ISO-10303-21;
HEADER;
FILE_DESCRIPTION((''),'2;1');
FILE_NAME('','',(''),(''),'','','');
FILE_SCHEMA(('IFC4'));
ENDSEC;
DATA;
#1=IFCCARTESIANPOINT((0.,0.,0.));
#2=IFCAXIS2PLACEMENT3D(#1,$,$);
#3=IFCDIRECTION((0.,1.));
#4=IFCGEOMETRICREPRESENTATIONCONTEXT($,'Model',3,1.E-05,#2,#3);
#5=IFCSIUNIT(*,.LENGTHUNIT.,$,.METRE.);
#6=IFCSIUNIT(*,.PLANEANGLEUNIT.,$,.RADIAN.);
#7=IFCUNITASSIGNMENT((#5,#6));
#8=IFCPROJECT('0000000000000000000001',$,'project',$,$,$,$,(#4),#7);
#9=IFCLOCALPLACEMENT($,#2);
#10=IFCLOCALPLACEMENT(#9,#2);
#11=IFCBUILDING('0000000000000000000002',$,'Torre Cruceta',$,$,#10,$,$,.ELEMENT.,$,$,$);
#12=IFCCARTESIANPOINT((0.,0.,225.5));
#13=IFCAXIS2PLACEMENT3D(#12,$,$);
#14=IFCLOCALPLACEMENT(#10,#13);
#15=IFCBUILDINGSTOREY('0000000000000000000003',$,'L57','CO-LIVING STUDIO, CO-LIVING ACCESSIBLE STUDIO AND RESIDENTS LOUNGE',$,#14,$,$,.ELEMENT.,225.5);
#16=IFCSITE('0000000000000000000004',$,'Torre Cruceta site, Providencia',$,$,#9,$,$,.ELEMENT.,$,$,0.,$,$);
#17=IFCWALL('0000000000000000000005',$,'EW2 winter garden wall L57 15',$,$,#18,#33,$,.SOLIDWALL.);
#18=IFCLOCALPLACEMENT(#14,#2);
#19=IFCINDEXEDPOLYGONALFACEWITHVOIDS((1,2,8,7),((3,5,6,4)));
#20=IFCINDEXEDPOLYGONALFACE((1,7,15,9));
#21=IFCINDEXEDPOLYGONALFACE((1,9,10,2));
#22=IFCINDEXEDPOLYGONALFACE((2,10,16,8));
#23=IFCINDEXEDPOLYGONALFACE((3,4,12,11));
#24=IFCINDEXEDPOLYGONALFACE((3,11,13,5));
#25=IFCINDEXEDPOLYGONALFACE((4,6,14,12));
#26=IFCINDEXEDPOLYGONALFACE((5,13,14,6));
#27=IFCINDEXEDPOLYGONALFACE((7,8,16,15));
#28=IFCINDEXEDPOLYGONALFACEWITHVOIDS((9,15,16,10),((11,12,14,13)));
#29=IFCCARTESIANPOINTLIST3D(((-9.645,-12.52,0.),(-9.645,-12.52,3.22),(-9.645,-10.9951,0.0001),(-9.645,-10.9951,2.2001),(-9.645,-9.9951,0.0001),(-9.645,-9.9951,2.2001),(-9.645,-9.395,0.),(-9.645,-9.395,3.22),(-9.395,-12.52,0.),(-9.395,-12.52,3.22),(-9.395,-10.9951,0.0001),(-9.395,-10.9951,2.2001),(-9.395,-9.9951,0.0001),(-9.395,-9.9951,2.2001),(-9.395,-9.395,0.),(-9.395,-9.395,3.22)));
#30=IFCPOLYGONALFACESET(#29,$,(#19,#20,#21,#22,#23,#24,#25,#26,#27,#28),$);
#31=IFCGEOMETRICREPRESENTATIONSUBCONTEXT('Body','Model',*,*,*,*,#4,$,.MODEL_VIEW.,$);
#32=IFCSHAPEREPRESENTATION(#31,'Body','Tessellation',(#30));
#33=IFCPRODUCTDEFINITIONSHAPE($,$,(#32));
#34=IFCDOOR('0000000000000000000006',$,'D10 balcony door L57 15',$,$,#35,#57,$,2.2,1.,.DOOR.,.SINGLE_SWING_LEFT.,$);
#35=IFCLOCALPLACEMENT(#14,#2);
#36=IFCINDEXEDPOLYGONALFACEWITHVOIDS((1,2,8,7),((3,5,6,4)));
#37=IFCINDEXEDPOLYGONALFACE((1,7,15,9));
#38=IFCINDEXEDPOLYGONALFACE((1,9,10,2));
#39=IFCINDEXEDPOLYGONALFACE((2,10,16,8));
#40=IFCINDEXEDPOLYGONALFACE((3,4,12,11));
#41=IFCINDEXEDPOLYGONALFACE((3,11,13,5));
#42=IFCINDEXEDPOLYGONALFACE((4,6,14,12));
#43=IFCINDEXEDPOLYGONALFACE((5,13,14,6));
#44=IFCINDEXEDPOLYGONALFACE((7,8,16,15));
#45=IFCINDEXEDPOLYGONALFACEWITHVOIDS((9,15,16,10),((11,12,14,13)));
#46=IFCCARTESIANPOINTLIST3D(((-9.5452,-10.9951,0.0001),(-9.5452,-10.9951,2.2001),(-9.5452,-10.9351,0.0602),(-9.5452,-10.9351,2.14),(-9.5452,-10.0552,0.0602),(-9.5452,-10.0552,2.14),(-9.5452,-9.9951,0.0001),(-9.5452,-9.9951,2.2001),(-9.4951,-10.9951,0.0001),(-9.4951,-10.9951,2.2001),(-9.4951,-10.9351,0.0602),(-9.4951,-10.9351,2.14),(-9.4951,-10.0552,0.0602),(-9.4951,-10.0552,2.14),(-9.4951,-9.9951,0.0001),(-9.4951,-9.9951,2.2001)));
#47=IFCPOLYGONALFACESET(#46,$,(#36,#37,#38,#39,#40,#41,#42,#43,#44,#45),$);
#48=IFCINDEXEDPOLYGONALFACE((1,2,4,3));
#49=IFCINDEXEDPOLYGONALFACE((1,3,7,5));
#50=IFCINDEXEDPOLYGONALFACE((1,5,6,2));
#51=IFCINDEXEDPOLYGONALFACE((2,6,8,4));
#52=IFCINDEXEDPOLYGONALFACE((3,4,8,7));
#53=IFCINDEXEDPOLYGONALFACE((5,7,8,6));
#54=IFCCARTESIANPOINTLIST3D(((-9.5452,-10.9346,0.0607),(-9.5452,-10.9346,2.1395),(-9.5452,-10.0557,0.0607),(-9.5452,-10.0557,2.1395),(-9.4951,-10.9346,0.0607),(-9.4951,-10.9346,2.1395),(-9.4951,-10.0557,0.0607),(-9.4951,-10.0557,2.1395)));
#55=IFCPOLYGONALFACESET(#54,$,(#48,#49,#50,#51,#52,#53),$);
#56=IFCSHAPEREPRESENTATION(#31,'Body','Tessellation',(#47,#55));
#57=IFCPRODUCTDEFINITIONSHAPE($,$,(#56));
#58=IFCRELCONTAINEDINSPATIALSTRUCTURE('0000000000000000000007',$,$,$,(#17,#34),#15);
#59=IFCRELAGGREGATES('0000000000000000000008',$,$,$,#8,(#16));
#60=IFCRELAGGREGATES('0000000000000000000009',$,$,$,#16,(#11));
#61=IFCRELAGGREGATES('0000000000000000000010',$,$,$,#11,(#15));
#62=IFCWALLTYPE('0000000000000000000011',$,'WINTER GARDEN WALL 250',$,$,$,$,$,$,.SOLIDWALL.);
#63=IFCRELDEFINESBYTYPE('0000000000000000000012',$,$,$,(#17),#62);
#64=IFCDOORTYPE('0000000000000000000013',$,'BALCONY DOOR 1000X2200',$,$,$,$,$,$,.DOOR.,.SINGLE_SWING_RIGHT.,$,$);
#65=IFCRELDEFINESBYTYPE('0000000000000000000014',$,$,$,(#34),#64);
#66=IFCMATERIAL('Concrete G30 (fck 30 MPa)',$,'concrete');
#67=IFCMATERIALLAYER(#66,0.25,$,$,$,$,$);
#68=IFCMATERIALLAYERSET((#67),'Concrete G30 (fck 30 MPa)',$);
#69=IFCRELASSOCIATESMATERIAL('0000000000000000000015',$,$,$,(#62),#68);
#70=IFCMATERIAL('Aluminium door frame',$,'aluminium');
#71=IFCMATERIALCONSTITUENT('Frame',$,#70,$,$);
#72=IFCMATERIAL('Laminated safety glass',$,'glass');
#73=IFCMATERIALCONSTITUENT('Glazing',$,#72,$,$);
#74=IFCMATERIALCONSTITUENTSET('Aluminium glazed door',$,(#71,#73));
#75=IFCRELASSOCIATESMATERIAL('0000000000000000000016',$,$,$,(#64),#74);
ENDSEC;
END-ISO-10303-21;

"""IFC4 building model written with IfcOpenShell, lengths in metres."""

from ifc_helpers import new_model, si_unit, direction, frame, frame_2d, origin, place, context, subcontext, project, spatial, rectangle, hollow_rectangle, extrude, material, layer, layer_set, constituent, constituent_set, type_object, element, fill, save


model = new_model("IFC4")

# Units and contexts
model_context = context("Model", 3, precision=1e-05, world=origin(), true_north=direction((0.0, 1.0)))
body_context = subcontext(model_context, "Body", "Model", "MODEL_VIEW")
ifc_project = project(units=[si_unit("LENGTHUNIT", "METRE"), si_unit("PLANEANGLEUNIT", "RADIAN")], contexts=[model_context])

# Site, building, storey
site_placement = place(None, origin())
site = spatial("IfcSite", under=ifc_project, at=site_placement, Name="Torre Cruceta site, Providencia", CompositionType="ELEMENT", RefElevation=0.0)
building_placement = place(site_placement, origin())
building = spatial("IfcBuilding", under=site, at=building_placement, Name="Torre Cruceta", CompositionType="ELEMENT")
storey_placement = place(building_placement, frame((0.0, 0.0, 225.5)))
storey = spatial("IfcBuildingStorey", under=building, at=storey_placement, Name="L57", Description="CO-LIVING STUDIO, CO-LIVING ACCESSIBLE STUDIO AND RESIDENTS LOUNGE", CompositionType="ELEMENT", Elevation=225.5)

# Wall, opening, door
ifc_material_1 = material(Name="Concrete G30 (fck 30 MPa)", Category="concrete")
ifc_layer_1 = layer(ifc_material_1, 0.25)
ifc_layer_set_1 = layer_set([ifc_layer_1], Name="Concrete G30 (fck 30 MPa)")
wall_type_1 = type_object("IfcWallType", Name="WINTER GARDEN WALL 250", PredefinedType="SOLIDWALL", material=ifc_layer_set_1)
ifc_material_2 = material(Name="Aluminium door frame", Category="aluminium")
ifc_constituent_1 = constituent(ifc_material_2, Name="Frame")
ifc_material_3 = material(Name="Laminated safety glass", Category="glass")
ifc_constituent_2 = constituent(ifc_material_3, Name="Glazing")
ifc_constituent_set_1 = constituent_set(constituents=[ifc_constituent_1, ifc_constituent_2], Name="Aluminium glazed door")
door_type_1 = type_object("IfcDoorType", Name="BALCONY DOOR 1000X2200", OperationType="SINGLE_SWING_RIGHT", PredefinedType="DOOR", material=ifc_constituent_set_1)
wall_1_placement = place(storey_placement, frame((-9.52, -9.395, 0.0), z_axis=(0.0, 0.0, 1.0), x_axis=(0.0, -1.0, 0.0)))
wall_1 = element("IfcWall", 1, at=wall_1_placement, inside=storey, type_object=wall_type_1, Name="EW2 winter garden wall L57 15", PredefinedType="SOLIDWALL", context=body_context, shape_type="SweptSolid", body=[
    extrude(rectangle(XDim=3.125, YDim=0.25, at=frame_2d((1.5625, 0.0))), origin(), (0.0, 0.0, 1.0), 3.22),
])
opening_1_placement = place(wall_1_placement, frame((0.6001, 0.0, 0.0)))
opening_1 = element("IfcOpeningElement", 2, at=opening_1_placement, cuts=wall_1, PredefinedType="OPENING", context=body_context, shape_type="SweptSolid", body=[
    extrude(rectangle(XDim=1.0, YDim=2.2, at=frame_2d((0.5, 1.1001))), frame((0.0, 0.135, 0.0), z_axis=(0.0, -1.0, 0.0), x_axis=(1.0, 0.0, 0.0)), (0.0, 0.0, 1.0), 0.27),
])
door_1_placement = place(opening_1_placement, origin())
door_1 = element("IfcDoor", 3, at=door_1_placement, inside=storey, type_object=door_type_1, Name="D10 balcony door L57 15", OperationType="SINGLE_SWING_LEFT", OverallHeight=2.2, OverallWidth=1.0, PredefinedType="DOOR", context=body_context, shape_type="SweptSolid", body=[
    extrude(hollow_rectangle(XDim=1.0, YDim=2.2, WallThickness=0.0601, at=frame_2d((0.5, 1.1001))), frame((0.0, 0.0249, 0.0), z_axis=(0.0, -1.0, 0.0), x_axis=(1.0, 0.0, 0.0)), (0.0, 0.0, 1.0), 0.05),
    extrude(rectangle(XDim=0.8789, YDim=2.0789, at=frame_2d((0.5, 1.1001))), frame((0.0, 0.0249, 0.0), z_axis=(0.0, -1.0, 0.0), x_axis=(1.0, 0.0, 0.0)), (0.0, 0.0, 1.0), 0.05),
])
fill(opening_1, door_1)

save(model, "model.ifc")
